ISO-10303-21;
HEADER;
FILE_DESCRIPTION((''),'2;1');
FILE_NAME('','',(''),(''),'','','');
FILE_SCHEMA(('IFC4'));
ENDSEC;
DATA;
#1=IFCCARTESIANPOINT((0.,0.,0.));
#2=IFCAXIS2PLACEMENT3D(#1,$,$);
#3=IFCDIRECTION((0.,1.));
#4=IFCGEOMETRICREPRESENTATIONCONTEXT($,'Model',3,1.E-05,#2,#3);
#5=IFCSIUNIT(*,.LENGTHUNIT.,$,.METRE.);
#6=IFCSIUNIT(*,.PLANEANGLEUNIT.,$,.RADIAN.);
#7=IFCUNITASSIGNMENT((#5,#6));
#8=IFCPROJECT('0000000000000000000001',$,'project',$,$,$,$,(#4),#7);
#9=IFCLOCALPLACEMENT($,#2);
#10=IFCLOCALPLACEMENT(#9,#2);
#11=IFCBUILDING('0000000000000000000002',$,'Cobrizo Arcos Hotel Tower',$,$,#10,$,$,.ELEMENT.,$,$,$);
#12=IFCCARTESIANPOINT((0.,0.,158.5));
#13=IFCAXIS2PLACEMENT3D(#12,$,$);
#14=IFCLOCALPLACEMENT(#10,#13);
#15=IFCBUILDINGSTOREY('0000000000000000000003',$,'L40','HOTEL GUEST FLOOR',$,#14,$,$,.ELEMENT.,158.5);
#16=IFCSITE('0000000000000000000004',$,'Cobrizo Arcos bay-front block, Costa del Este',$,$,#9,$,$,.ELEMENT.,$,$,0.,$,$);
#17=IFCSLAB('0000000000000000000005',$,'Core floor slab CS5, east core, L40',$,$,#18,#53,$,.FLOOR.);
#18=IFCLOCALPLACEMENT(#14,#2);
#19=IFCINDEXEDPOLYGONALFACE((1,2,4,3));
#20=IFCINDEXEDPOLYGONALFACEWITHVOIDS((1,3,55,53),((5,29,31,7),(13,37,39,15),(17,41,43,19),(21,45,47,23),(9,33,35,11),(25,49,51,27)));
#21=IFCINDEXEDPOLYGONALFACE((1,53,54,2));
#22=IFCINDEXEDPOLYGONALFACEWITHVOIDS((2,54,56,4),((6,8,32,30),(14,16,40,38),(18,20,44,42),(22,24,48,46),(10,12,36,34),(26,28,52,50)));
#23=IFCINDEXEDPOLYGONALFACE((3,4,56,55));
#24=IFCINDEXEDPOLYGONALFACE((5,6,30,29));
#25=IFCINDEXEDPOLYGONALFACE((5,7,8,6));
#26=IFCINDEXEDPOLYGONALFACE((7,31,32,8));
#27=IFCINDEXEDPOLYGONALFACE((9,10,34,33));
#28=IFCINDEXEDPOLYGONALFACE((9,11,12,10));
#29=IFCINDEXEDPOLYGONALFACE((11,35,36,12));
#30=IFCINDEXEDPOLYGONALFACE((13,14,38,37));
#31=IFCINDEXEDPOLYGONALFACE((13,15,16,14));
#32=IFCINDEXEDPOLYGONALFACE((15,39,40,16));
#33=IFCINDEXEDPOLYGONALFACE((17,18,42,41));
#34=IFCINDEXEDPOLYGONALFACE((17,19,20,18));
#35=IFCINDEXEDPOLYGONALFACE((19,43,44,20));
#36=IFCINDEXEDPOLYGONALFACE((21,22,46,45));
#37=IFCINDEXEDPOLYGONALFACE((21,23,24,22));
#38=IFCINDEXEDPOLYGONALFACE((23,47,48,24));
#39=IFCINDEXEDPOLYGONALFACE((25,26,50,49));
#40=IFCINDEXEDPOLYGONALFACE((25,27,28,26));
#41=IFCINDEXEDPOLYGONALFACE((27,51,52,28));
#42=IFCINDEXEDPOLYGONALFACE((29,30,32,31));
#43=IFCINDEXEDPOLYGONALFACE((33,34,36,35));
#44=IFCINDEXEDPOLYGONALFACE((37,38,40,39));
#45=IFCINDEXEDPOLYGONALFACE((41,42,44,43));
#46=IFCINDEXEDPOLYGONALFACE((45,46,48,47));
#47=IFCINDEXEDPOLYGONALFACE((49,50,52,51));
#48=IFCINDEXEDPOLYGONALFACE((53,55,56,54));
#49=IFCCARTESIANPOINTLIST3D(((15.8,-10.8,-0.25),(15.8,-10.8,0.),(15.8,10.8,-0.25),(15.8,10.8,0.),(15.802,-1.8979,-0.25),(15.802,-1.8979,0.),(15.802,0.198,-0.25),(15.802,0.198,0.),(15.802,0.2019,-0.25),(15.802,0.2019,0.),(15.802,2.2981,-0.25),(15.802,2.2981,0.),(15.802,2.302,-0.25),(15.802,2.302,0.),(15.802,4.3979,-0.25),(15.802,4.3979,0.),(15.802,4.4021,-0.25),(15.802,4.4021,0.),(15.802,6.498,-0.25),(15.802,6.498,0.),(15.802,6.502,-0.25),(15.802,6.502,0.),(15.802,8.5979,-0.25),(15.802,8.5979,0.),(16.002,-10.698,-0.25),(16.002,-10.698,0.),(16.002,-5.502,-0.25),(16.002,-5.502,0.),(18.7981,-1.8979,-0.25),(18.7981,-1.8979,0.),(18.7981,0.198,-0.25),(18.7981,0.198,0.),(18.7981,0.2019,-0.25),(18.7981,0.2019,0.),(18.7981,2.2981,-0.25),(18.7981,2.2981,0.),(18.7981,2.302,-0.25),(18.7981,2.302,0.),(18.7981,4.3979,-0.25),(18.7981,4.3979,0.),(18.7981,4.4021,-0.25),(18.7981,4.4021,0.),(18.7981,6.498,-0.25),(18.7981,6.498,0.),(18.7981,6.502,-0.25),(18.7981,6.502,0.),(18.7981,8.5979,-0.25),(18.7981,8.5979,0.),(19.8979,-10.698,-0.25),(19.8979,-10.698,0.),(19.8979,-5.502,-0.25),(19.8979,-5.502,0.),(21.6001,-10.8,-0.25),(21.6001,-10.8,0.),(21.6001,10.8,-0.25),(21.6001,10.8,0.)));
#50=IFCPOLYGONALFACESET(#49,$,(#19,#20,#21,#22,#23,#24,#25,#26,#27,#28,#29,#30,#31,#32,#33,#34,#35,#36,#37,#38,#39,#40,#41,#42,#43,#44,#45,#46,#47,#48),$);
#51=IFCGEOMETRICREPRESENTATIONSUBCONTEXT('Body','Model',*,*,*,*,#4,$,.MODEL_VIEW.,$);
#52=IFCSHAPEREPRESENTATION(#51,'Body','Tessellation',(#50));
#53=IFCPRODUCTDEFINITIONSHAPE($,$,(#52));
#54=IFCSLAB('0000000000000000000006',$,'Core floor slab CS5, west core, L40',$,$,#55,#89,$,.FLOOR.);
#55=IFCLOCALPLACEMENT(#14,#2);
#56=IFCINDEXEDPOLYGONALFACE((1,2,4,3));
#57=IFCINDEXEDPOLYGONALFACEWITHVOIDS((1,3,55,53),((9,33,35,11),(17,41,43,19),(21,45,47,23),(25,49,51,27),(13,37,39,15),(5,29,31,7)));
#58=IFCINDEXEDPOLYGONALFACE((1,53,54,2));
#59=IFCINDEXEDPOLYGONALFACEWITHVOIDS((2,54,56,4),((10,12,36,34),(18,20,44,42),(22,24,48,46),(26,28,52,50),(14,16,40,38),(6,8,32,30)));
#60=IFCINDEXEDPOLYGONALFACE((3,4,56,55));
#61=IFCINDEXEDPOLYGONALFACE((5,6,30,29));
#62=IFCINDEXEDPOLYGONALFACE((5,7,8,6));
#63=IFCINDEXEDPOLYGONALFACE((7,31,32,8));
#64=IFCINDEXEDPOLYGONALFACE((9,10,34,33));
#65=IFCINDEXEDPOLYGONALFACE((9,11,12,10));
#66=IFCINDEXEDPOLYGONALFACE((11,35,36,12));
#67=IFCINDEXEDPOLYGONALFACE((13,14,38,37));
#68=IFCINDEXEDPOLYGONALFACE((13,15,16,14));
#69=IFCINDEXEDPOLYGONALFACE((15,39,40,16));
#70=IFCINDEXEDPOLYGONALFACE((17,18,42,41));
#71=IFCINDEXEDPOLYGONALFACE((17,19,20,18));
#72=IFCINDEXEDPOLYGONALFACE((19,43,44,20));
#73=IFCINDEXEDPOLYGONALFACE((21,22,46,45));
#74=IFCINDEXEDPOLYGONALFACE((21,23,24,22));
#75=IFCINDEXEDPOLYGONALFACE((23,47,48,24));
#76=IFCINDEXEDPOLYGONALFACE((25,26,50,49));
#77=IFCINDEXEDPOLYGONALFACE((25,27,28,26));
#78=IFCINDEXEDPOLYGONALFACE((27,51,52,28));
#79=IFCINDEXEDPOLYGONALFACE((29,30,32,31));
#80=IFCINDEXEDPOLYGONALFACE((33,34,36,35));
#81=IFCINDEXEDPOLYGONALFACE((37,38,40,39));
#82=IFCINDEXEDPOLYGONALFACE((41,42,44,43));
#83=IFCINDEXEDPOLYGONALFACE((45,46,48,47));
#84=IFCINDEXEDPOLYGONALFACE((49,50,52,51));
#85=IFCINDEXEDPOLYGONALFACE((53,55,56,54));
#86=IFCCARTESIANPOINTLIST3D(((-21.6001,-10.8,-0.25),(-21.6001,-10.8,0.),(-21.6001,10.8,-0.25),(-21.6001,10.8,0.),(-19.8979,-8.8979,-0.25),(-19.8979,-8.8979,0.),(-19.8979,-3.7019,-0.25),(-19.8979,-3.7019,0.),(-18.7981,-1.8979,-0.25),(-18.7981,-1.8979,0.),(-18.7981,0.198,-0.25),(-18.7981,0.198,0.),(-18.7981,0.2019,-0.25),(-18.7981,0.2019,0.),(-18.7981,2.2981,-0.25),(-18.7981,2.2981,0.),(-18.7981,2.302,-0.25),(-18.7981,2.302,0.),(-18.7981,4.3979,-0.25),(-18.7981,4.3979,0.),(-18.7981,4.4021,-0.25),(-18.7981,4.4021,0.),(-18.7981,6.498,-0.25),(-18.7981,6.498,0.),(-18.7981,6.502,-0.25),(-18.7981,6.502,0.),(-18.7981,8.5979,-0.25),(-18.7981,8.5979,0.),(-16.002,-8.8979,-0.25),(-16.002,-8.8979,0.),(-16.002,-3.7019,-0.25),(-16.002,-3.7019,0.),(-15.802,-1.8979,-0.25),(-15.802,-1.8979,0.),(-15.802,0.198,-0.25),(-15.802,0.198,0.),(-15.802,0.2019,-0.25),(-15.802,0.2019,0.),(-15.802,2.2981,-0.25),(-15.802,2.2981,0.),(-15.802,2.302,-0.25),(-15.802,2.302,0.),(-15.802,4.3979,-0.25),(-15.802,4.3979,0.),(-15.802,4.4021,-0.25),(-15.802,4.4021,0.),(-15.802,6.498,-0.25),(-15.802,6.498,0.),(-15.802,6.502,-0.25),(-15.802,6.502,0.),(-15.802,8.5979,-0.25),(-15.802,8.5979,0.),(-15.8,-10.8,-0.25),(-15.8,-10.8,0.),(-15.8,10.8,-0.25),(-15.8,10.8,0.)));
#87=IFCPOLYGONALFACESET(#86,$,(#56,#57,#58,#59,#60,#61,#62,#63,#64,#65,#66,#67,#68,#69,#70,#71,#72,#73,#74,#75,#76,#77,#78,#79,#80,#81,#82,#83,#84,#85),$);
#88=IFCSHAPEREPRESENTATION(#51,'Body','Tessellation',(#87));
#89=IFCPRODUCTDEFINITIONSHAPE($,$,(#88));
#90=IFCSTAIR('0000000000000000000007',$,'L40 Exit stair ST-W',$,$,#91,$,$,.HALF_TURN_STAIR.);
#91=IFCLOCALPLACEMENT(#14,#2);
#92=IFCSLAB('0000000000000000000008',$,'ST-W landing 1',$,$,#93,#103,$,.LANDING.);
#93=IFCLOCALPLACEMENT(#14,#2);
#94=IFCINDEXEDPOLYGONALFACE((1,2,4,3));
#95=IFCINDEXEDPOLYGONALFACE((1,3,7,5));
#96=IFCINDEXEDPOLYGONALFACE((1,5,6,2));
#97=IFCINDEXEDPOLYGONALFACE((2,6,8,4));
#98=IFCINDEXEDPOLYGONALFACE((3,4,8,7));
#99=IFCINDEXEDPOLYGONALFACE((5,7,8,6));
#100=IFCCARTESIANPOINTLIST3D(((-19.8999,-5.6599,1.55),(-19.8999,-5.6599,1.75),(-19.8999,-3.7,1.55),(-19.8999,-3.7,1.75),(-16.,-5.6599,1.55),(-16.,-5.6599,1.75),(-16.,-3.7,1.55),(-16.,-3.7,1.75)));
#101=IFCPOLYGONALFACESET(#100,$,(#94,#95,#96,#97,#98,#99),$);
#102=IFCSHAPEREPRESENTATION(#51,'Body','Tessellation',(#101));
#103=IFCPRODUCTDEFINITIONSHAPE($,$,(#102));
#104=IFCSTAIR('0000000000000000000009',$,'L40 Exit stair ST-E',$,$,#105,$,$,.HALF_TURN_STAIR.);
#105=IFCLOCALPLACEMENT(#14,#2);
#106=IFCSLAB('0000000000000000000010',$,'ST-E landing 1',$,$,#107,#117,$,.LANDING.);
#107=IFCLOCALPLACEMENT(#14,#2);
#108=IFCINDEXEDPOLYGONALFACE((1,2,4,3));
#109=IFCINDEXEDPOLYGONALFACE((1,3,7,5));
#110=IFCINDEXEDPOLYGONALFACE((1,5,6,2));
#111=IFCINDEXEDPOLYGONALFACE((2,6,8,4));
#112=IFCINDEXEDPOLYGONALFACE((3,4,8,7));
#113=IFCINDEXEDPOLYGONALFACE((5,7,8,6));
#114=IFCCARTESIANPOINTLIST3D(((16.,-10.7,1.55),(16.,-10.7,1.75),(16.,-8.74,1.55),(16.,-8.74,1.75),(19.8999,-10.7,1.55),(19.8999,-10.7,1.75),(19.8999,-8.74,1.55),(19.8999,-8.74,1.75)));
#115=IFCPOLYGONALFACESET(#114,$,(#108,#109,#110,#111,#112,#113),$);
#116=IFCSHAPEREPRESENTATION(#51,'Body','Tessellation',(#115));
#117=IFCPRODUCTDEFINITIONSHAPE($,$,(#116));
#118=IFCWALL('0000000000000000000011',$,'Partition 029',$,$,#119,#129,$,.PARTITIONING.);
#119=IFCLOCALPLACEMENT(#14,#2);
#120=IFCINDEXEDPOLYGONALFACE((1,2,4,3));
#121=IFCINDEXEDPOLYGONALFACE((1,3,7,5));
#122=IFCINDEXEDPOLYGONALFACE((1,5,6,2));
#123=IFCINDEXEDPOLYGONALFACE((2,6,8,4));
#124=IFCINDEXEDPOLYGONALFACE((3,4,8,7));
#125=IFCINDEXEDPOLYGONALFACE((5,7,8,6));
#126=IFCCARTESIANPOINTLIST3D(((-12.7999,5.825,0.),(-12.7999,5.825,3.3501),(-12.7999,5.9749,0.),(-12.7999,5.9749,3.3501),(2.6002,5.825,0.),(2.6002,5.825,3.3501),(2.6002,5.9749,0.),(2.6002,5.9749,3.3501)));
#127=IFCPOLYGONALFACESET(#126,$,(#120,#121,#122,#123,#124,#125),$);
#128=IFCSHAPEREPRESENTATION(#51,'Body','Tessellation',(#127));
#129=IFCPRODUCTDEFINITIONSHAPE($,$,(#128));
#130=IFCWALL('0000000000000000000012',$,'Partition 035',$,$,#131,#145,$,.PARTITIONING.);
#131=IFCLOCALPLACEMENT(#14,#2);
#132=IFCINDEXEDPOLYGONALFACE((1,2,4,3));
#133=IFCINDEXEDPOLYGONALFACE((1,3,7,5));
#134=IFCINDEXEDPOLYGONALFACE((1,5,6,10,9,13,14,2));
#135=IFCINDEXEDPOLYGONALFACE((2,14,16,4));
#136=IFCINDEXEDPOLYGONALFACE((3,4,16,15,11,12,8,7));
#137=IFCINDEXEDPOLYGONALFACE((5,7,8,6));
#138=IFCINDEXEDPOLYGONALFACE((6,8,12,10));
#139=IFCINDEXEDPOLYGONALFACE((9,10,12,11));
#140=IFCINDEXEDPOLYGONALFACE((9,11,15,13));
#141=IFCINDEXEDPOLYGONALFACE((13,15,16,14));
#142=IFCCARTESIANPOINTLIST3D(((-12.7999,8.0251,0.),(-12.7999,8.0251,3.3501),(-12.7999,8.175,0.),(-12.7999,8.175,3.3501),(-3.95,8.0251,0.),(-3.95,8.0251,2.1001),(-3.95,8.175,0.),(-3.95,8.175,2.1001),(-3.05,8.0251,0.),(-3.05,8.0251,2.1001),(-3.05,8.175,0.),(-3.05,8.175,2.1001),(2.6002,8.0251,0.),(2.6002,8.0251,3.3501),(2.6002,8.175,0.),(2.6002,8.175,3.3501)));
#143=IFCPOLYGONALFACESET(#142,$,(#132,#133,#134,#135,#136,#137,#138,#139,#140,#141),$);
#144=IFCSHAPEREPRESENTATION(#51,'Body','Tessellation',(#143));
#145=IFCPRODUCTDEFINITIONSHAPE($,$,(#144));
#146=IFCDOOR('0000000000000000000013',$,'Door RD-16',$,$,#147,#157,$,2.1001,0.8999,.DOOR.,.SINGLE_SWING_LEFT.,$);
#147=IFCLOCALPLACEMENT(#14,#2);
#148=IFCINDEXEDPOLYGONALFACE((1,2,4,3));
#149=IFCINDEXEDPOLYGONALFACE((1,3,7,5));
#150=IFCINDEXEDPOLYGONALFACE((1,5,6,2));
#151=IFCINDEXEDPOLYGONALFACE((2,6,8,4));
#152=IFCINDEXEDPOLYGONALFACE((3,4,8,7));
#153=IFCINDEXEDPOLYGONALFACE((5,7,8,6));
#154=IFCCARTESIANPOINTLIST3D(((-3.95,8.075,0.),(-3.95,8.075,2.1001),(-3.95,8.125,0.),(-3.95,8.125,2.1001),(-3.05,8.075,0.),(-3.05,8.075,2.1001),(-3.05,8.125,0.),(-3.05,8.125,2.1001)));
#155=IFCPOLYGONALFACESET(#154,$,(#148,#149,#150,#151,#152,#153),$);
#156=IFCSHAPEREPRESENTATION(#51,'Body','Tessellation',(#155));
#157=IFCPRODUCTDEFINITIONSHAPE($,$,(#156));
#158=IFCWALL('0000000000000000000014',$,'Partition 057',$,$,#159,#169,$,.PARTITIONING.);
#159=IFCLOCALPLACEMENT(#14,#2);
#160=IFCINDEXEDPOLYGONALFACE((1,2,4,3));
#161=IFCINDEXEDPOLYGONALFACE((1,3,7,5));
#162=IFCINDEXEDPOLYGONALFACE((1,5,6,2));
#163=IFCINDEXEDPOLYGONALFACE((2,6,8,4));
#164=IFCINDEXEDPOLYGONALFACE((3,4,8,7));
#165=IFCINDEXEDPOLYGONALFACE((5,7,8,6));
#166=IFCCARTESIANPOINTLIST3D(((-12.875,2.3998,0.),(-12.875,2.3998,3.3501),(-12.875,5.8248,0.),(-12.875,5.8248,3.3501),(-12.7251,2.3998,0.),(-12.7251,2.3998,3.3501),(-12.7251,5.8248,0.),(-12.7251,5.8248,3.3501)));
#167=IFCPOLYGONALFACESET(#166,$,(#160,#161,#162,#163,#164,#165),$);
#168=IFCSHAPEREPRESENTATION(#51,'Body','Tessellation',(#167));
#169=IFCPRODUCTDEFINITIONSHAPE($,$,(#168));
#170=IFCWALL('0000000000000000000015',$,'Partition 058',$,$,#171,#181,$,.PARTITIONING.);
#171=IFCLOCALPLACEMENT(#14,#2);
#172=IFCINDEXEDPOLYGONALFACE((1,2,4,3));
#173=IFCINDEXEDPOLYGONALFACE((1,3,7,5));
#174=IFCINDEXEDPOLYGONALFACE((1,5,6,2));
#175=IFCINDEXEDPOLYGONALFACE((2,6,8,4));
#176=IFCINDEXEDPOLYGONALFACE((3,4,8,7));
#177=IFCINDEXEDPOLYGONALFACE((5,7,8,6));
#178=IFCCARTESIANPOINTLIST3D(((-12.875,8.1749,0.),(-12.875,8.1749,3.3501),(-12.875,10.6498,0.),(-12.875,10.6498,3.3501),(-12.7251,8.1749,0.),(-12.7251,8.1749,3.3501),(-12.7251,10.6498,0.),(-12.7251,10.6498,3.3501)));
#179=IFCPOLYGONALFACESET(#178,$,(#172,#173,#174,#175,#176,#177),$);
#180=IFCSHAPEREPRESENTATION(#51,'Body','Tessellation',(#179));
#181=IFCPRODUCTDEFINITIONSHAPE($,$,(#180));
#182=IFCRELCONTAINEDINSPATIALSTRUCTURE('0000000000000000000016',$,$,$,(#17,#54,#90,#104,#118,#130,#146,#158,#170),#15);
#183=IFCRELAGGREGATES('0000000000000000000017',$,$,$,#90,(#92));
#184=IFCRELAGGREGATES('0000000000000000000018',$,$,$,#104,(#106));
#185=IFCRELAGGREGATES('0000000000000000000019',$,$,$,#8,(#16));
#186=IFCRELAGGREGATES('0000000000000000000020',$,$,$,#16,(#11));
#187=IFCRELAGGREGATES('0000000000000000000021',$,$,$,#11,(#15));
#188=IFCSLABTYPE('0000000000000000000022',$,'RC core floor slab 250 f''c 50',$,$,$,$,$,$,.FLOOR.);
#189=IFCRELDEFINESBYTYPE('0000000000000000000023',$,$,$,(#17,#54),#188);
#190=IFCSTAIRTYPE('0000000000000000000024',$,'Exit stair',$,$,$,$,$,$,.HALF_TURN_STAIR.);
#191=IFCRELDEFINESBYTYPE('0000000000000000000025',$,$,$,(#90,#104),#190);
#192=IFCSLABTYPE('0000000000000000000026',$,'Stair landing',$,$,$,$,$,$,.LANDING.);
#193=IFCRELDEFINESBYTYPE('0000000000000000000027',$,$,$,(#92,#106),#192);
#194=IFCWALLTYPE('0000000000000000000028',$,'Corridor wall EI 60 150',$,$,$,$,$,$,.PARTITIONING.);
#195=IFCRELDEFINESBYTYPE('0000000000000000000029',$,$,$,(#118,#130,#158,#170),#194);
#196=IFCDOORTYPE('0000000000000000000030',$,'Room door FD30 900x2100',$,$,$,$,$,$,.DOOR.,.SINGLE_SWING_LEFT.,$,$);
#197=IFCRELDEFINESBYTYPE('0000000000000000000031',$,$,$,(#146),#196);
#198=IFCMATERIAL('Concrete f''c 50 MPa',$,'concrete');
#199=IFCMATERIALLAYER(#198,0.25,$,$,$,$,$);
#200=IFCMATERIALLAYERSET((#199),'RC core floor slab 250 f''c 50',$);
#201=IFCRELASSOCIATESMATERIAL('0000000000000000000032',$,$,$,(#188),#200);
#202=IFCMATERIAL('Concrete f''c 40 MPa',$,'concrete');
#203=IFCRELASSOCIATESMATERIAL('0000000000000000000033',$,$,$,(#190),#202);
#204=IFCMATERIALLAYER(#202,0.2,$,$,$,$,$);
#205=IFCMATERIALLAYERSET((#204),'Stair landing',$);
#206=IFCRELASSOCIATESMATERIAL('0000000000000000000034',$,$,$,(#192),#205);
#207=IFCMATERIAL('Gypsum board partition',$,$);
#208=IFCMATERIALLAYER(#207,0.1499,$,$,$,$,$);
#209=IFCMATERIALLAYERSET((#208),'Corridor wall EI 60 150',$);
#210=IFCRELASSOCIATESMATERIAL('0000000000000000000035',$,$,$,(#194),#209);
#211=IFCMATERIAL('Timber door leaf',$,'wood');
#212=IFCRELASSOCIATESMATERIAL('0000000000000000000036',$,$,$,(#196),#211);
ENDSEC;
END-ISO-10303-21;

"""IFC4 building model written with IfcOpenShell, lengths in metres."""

from ifc_helpers import new_model, si_unit, direction, frame, frame_2d, origin, place, context, subcontext, project, spatial, polyline, rectangle, outline, extrude, material, layer, layer_set, type_object, element, fill, aggregate, save


model = new_model("IFC4")

# Units and contexts
model_context = context("Model", 3, precision=1e-05, world=origin(), true_north=direction((0.0, 1.0)))
body_context = subcontext(model_context, "Body", "Model", "MODEL_VIEW")
ifc_project = project(units=[si_unit("LENGTHUNIT", "METRE"), si_unit("PLANEANGLEUNIT", "RADIAN")], contexts=[model_context])

# Site, building, storey
site_placement = place(None, origin())
site = spatial("IfcSite", under=ifc_project, at=site_placement, Name="Cobrizo Arcos bay-front block, Costa del Este", CompositionType="ELEMENT", RefElevation=0.0)
building_placement = place(site_placement, origin())
building = spatial("IfcBuilding", under=site, at=building_placement, Name="Cobrizo Arcos Hotel Tower", CompositionType="ELEMENT")
storey_placement = place(building_placement, frame((0.0, 0.0, 158.5)))
storey = spatial("IfcBuildingStorey", under=building, at=storey_placement, Name="L40", Description="HOTEL GUEST FLOOR", CompositionType="ELEMENT", Elevation=158.5)

# Slabs
ifc_material_1 = material(Name="Concrete f'c 50 MPa", Category="concrete")
ifc_layer_1 = layer(ifc_material_1, 0.25)
ifc_layer_set_1 = layer_set([ifc_layer_1], Name="RC core floor slab 250 f'c 50")
slab_type_1 = type_object("IfcSlabType", Name="RC core floor slab 250 f'c 50", PredefinedType="FLOOR", material=ifc_layer_set_1)
slab_1_placement = place(storey_placement, frame((0.0, 0.0, -0.25)))
element("IfcSlab", 1, at=slab_1_placement, inside=storey, type_object=slab_type_1, Name="Core floor slab CS5, east core, L40", PredefinedType="FLOOR", context=body_context, shape_type="SweptSolid", body=[
    extrude(outline(polyline([(15.8, 10.8), (21.6001, 10.8), (21.6001, -10.8), (15.8, -10.8), (15.8, 10.8)]), holes=[polyline([(19.8979, -10.698), (19.8979, -5.502), (16.002, -5.502), (16.002, -10.698), (19.8979, -10.698)]), polyline([(15.802, 0.198), (15.802, -1.8979), (18.7981, -1.8979), (18.7981, 0.198), (15.802, 0.198)]), polyline([(15.802, 2.2981), (15.802, 0.2019), (18.7981, 0.2019), (18.7981, 2.2981), (15.802, 2.2981)]), polyline([(15.802, 4.3979), (15.802, 2.302), (18.7981, 2.302), (18.7981, 4.3979), (15.802, 4.3979)]), polyline([(18.7981, 6.498), (15.802, 6.498), (15.802, 4.4021), (18.7981, 4.4021), (18.7981, 6.498)]), polyline([(18.7981, 8.5979), (15.802, 8.5979), (15.802, 6.502), (18.7981, 6.502), (18.7981, 8.5979)])]), origin(), (0.0, 0.0, 1.0), 0.25),
])
slab_2_placement = place(storey_placement, frame((0.0, 0.0, -0.25)))
element("IfcSlab", 2, at=slab_2_placement, inside=storey, type_object=slab_type_1, Name="Core floor slab CS5, west core, L40", PredefinedType="FLOOR", context=body_context, shape_type="SweptSolid", body=[
    extrude(outline(polyline([(-21.6001, 10.8), (-15.8, 10.8), (-15.8, -10.8), (-21.6001, -10.8), (-21.6001, 10.8)]), holes=[polyline([(-19.8979, -3.7019), (-19.8979, -8.8979), (-16.002, -8.8979), (-16.002, -3.7019), (-19.8979, -3.7019)]), polyline([(-18.7981, 0.198), (-18.7981, -1.8979), (-15.802, -1.8979), (-15.802, 0.198), (-18.7981, 0.198)]), polyline([(-18.7981, 2.2981), (-18.7981, 0.2019), (-15.802, 0.2019), (-15.802, 2.2981), (-18.7981, 2.2981)]), polyline([(-18.7981, 4.3979), (-18.7981, 2.302), (-15.802, 2.302), (-15.802, 4.3979), (-18.7981, 4.3979)]), polyline([(-15.802, 6.498), (-18.7981, 6.498), (-18.7981, 4.4021), (-15.802, 4.4021), (-15.802, 6.498)]), polyline([(-15.802, 8.5979), (-18.7981, 8.5979), (-18.7981, 6.502), (-15.802, 6.502), (-15.802, 8.5979)])]), origin(), (0.0, 0.0, 1.0), 0.25),
])

# Stairs, slabs
ifc_material_2 = material(Name="Concrete f'c 40 MPa", Category="concrete")
stair_type = type_object("IfcStairType", Name="Exit stair", PredefinedType="HALF_TURN_STAIR", material=ifc_material_2)
stair_1_placement = place(storey_placement, origin())
stair_1 = element("IfcStair", 3, at=stair_1_placement, inside=storey, type_object=stair_type, Name="L40 Exit stair ST-W", PredefinedType="HALF_TURN_STAIR")
ifc_layer_2 = layer(ifc_material_2, 0.2)
ifc_layer_set_2 = layer_set([ifc_layer_2], Name="Stair landing")
slab_type_2 = type_object("IfcSlabType", Name="Stair landing", PredefinedType="LANDING", material=ifc_layer_set_2)
slab_3_placement = place(storey_placement, frame((0.0, 0.0, 1.55)))
slab_3 = element("IfcSlab", 4, at=slab_3_placement, type_object=slab_type_2, Name="ST-W landing 1", PredefinedType="LANDING", context=body_context, shape_type="SweptSolid", body=[
    extrude(outline(polyline([(-16.0, -5.6599), (-16.0, -3.7), (-19.8999, -3.7), (-19.8999, -5.6599), (-16.0, -5.6599)])), origin(), (0.0, 0.0, 1.0), 0.2),
])
aggregate(stair_1, [slab_3])
stair_2_placement = place(storey_placement, origin())
stair_2 = element("IfcStair", 5, at=stair_2_placement, inside=storey, type_object=stair_type, Name="L40 Exit stair ST-E", PredefinedType="HALF_TURN_STAIR")
slab_4_placement = place(storey_placement, frame((0.0, 0.0, 1.55)))
slab_4 = element("IfcSlab", 6, at=slab_4_placement, type_object=slab_type_2, Name="ST-E landing 1", PredefinedType="LANDING", context=body_context, shape_type="SweptSolid", body=[
    extrude(outline(polyline([(16.0, -8.74), (16.0, -10.7), (19.8999, -10.7), (19.8999, -8.74), (16.0, -8.74)])), origin(), (0.0, 0.0, 1.0), 0.2),
])
aggregate(stair_2, [slab_4])

# Wall
ifc_material_3 = material(Name="Gypsum board partition")
ifc_layer_3 = layer(ifc_material_3, 0.1499)
ifc_layer_set_3 = layer_set([ifc_layer_3], Name="Corridor wall EI 60 150")
wall_type_1 = type_object("IfcWallType", Name="Corridor wall EI 60 150", PredefinedType="PARTITIONING", material=ifc_layer_set_3)
wall_1_placement = place(storey_placement, frame((-12.8, 5.8999, 0.0), z_axis=(0.0, 0.0, 1.0), x_axis=(1.0, 0.0, 0.0)))
element("IfcWall", 7, at=wall_1_placement, inside=storey, type_object=wall_type_1, Name="Partition 029", PredefinedType="PARTITIONING", context=body_context, shape_type="SweptSolid", body=[
    extrude(rectangle(XDim=15.4001, YDim=0.1499, at=frame_2d((7.7002, 0.0))), origin(), (0.0, 0.0, 1.0), 3.3501),
])

# Wall, opening, door
wall_2_placement = place(storey_placement, frame((-12.8, 8.1001, 0.0), z_axis=(0.0, 0.0, 1.0), x_axis=(1.0, 0.0, 0.0)))
wall_2 = element("IfcWall", 8, at=wall_2_placement, inside=storey, type_object=wall_type_1, Name="Partition 035", PredefinedType="PARTITIONING", context=body_context, shape_type="SweptSolid", body=[
    extrude(rectangle(XDim=15.4001, YDim=0.1499, at=frame_2d((7.7002, 0.0))), origin(), (0.0, 0.0, 1.0), 3.3501),
])
opening_placement = place(wall_2_placement, frame((8.8501, 0.0, 0.0)))
opening = element("IfcOpeningElement", 9, at=opening_placement, cuts=wall_2, PredefinedType="OPENING", context=body_context, shape_type="SweptSolid", body=[
    extrude(rectangle(XDim=0.8999, YDim=2.1001, at=frame_2d((0.45, 1.05))), frame((0.0, 0.0869, 0.0), z_axis=(0.0, -1.0, 0.0), x_axis=(1.0, 0.0, 0.0)), (0.0, 0.0, 1.0), 0.1738),
])
ifc_material_4 = material(Name="Timber door leaf", Category="wood")
door_type = type_object("IfcDoorType", Name="Room door FD30 900x2100", OperationType="SINGLE_SWING_LEFT", PredefinedType="DOOR", material=ifc_material_4)
door_placement = place(opening_placement, origin())
door = element("IfcDoor", 10, at=door_placement, inside=storey, type_object=door_type, Name="Door RD-16", OperationType="SINGLE_SWING_LEFT", OverallHeight=2.1001, OverallWidth=0.8999, PredefinedType="DOOR", context=body_context, shape_type="SweptSolid", body=[
    extrude(rectangle(XDim=0.8999, YDim=2.1001, at=frame_2d((0.45, 1.05))), frame((0.0, 0.0249, 0.0), z_axis=(0.0, -1.0, 0.0), x_axis=(1.0, 0.0, 0.0)), (0.0, 0.0, 1.0), 0.05),
])
fill(opening, door)

# Walls
wall_3_placement = place(storey_placement, frame((-12.8, 2.3999, 0.0), z_axis=(0.0, 0.0, 1.0), x_axis=(0.0, 1.0, 0.0)))
element("IfcWall", 11, at=wall_3_placement, inside=storey, type_object=wall_type_1, Name="Partition 057", PredefinedType="PARTITIONING", context=body_context, shape_type="SweptSolid", body=[
    extrude(rectangle(XDim=3.425, YDim=0.1499, at=frame_2d((1.7124, 0.0))), origin(), (0.0, 0.0, 1.0), 3.3501),
])
wall_4_placement = place(storey_placement, frame((-12.8, 8.175, 0.0), z_axis=(0.0, 0.0, 1.0), x_axis=(0.0, 1.0, 0.0)))
element("IfcWall", 12, at=wall_4_placement, inside=storey, type_object=wall_type_1, Name="Partition 058", PredefinedType="PARTITIONING", context=body_context, shape_type="SweptSolid", body=[
    extrude(rectangle(XDim=2.4749, YDim=0.1499, at=frame_2d((1.2373, 0.0))), origin(), (0.0, 0.0, 1.0), 3.3501),
])

save(model, "model.ifc")
